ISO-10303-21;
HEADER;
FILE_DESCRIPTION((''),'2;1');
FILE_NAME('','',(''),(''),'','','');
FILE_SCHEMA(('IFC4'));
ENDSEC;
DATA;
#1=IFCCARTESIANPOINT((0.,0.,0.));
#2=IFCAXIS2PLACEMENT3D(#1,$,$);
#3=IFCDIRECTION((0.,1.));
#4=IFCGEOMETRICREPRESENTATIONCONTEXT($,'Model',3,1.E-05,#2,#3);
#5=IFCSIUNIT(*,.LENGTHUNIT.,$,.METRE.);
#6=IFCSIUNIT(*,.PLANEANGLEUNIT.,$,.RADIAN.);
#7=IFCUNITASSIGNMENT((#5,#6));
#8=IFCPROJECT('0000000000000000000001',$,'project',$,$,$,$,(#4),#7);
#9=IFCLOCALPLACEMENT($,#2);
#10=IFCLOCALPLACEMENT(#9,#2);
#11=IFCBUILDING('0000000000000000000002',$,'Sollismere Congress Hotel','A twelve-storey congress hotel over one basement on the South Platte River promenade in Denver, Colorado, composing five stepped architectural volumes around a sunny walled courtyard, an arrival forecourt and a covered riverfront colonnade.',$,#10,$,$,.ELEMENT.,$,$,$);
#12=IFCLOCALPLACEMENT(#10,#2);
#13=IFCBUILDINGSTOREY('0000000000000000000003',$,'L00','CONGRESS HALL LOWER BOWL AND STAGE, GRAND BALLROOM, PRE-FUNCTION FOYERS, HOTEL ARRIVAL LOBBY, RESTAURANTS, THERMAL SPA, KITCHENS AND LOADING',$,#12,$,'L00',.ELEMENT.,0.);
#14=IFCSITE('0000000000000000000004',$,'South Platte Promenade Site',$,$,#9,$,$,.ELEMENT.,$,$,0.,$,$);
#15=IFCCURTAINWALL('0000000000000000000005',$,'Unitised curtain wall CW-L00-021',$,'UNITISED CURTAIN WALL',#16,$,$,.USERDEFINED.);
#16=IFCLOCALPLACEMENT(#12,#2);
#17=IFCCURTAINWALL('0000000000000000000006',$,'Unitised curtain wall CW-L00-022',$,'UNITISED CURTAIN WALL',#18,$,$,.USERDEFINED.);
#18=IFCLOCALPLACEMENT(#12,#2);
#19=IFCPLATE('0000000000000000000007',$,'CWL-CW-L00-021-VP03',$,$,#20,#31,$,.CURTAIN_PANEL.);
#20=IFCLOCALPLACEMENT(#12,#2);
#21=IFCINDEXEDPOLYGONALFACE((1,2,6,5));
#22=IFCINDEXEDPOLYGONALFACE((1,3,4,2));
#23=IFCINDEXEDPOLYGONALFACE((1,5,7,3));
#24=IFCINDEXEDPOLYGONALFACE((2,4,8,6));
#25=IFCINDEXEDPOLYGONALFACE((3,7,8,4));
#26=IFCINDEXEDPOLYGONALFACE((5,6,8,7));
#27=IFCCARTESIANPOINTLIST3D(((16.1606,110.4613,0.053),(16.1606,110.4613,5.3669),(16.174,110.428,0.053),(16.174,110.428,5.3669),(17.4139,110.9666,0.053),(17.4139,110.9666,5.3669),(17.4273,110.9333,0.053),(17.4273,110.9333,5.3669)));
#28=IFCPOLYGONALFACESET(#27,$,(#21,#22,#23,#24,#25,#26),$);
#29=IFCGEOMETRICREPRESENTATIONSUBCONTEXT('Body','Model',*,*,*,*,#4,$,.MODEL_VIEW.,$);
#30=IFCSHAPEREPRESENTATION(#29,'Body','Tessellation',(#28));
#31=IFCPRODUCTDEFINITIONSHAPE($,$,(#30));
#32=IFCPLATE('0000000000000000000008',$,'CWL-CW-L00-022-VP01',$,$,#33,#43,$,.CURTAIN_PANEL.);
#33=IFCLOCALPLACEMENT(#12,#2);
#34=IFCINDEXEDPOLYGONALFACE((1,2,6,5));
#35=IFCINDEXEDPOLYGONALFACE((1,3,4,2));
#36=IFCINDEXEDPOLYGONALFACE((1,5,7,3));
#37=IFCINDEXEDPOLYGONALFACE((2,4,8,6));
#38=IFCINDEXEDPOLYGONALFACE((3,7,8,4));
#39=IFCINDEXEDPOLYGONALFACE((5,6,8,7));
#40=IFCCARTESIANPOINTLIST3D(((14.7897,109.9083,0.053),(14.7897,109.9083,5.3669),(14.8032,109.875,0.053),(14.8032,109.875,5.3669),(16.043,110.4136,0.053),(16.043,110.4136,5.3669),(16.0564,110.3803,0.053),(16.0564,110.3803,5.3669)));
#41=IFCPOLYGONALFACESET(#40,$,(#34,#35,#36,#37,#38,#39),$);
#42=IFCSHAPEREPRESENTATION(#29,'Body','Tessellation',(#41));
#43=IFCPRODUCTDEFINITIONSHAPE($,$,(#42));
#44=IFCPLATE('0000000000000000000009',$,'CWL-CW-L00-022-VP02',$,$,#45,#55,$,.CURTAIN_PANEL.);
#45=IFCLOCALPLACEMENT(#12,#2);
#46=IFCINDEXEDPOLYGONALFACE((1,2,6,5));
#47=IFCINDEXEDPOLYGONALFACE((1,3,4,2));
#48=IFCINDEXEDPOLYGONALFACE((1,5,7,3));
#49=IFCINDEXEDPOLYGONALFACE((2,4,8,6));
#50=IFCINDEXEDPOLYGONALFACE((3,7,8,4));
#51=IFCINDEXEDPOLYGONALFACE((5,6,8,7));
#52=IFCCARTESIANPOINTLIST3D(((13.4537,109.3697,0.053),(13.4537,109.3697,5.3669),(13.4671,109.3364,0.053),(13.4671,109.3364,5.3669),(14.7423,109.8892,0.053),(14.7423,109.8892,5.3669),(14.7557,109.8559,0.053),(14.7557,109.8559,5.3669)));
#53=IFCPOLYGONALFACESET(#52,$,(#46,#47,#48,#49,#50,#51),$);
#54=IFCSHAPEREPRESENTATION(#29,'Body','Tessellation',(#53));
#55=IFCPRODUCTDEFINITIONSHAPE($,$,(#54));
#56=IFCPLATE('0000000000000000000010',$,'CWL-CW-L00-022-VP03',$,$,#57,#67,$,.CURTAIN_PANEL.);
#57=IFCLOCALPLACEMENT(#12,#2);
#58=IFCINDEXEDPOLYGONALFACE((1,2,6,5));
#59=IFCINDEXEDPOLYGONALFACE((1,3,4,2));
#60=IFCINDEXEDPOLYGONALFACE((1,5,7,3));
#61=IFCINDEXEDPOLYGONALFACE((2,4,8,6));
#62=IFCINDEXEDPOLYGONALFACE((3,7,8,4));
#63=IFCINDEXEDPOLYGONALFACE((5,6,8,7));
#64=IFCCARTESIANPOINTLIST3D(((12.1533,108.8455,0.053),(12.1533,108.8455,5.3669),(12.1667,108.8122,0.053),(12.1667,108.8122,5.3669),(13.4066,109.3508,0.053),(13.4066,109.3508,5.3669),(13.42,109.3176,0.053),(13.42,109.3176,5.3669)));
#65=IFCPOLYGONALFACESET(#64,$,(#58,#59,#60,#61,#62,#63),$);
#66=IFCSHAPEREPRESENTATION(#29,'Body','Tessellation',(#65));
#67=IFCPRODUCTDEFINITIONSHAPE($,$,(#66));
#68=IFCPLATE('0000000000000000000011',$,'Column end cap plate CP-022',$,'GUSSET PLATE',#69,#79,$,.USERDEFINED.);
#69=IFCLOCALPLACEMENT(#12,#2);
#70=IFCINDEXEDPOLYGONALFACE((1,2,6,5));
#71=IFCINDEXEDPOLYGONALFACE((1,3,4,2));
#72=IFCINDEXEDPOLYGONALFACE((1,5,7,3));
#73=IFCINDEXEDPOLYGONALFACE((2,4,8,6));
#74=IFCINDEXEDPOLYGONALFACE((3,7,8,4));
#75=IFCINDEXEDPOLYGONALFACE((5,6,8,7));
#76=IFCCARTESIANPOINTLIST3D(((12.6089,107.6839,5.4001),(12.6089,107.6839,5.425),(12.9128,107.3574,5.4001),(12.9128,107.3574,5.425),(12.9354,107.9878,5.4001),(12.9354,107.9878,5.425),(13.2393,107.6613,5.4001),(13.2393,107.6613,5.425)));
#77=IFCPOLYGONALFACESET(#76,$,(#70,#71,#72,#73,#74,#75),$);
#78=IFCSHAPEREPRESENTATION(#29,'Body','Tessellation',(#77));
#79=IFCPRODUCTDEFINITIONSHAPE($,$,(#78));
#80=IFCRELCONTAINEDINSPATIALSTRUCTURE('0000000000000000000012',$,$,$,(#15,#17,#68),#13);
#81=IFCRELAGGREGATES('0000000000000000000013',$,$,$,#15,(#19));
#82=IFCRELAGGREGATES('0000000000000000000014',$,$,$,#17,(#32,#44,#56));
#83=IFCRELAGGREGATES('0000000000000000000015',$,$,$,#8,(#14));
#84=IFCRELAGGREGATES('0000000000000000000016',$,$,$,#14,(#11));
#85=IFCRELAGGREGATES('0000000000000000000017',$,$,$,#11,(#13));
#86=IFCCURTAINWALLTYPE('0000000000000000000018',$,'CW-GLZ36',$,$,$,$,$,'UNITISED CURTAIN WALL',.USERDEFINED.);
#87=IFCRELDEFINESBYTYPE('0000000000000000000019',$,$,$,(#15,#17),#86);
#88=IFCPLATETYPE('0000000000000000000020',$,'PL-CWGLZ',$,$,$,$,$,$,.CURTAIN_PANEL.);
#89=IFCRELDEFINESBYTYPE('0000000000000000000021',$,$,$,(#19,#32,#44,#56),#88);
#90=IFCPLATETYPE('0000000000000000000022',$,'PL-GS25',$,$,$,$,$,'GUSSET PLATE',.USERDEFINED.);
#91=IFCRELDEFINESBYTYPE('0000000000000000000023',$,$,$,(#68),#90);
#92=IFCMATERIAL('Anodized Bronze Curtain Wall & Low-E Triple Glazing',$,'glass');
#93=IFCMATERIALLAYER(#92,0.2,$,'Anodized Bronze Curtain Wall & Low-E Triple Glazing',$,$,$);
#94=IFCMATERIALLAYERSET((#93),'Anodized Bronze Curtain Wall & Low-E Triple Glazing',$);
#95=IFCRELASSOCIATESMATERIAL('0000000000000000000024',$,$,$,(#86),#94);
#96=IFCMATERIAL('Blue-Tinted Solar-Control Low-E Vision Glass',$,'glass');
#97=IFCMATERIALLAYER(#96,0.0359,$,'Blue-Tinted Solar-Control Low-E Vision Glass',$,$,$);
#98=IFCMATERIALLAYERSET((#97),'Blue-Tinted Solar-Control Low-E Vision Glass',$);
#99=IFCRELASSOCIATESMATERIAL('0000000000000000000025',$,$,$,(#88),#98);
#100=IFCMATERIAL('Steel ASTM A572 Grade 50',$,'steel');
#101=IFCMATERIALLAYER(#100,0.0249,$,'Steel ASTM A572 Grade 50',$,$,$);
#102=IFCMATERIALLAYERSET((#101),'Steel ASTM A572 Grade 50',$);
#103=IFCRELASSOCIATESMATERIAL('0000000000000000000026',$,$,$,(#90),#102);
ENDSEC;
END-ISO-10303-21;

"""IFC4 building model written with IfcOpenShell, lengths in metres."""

from ifc_helpers import new_model, si_unit, direction, frame, origin, origin_2d, place, context, subcontext, project, spatial, rectangle, extrude, material, layer, layer_set, type_object, element, aggregate, save


model = new_model("IFC4")

# Units and contexts
model_context = context("Model", 3, precision=1e-05, world=origin(), true_north=direction((0.0, 1.0)))
body_context = subcontext(model_context, "Body", "Model", "MODEL_VIEW")
ifc_project = project(units=[si_unit("LENGTHUNIT", "METRE"), si_unit("PLANEANGLEUNIT", "RADIAN")], contexts=[model_context])

# Site, building, storey
site_placement = place(None, origin())
site = spatial("IfcSite", under=ifc_project, at=site_placement, Name="South Platte Promenade Site", CompositionType="ELEMENT", RefElevation=0.0)
building_placement = place(site_placement, origin())
building = spatial("IfcBuilding", under=site, at=building_placement, Name="Sollismere Congress Hotel", Description="A twelve-storey congress hotel over one basement on the South Platte River promenade in Denver, Colorado, composing five stepped architectural volumes around a sunny walled courtyard, an arrival forecourt and a covered riverfront colonnade.", CompositionType="ELEMENT")
storey_placement = place(building_placement, origin())
storey = spatial("IfcBuildingStorey", under=building, at=storey_placement, Name="L00", Description="CONGRESS HALL LOWER BOWL AND STAGE, GRAND BALLROOM, PRE-FUNCTION FOYERS, HOTEL ARRIVAL LOBBY, RESTAURANTS, THERMAL SPA, KITCHENS AND LOADING", LongName="L00", CompositionType="ELEMENT", Elevation=0.0)

# Curtain walls
ifc_material_1 = material(Name="Anodized Bronze Curtain Wall & Low-E Triple Glazing", Category="glass")
ifc_layer_1 = layer(ifc_material_1, 0.2, Name="Anodized Bronze Curtain Wall & Low-E Triple Glazing")
ifc_layer_set_1 = layer_set([ifc_layer_1], Name="Anodized Bronze Curtain Wall & Low-E Triple Glazing")
curtain_wall_type = type_object("IfcCurtainWallType", Name="CW-GLZ36", ElementType="UNITISED CURTAIN WALL", PredefinedType="USERDEFINED", material=ifc_layer_set_1)
curtain_wall_1_placement = place(storey_placement, origin())
curtain_wall_1 = element("IfcCurtainWall", 1, at=curtain_wall_1_placement, inside=storey, type_object=curtain_wall_type, Name="Unitised curtain wall CW-L00-021", ObjectType="UNITISED CURTAIN WALL", PredefinedType="USERDEFINED")
curtain_wall_2_placement = place(storey_placement, origin())
curtain_wall_2 = element("IfcCurtainWall", 2, at=curtain_wall_2_placement, inside=storey, type_object=curtain_wall_type, Name="Unitised curtain wall CW-L00-022", ObjectType="UNITISED CURTAIN WALL", PredefinedType="USERDEFINED")

# Plates
ifc_material_2 = material(Name="Blue-Tinted Solar-Control Low-E Vision Glass", Category="glass")
ifc_layer_2 = layer(ifc_material_2, 0.0359, Name="Blue-Tinted Solar-Control Low-E Vision Glass")
ifc_layer_set_2 = layer_set([ifc_layer_2], Name="Blue-Tinted Solar-Control Low-E Vision Glass")
plate_type_1 = type_object("IfcPlateType", Name="PL-CWGLZ", PredefinedType="CURTAIN_PANEL", material=ifc_layer_set_2)
plate_1_placement = place(storey_placement, frame((16.7939, 110.6973, 0.053), z_axis=(0.0, 0.0, 1.0), x_axis=(-0.927452, -0.373943, 0.0)))
plate_1 = element("IfcPlate", 3, at=plate_1_placement, type_object=plate_type_1, Name="CWL-CW-L00-021-VP03", PredefinedType="CURTAIN_PANEL", context=body_context, shape_type="SweptSolid", body=[
    extrude(rectangle(XDim=1.3513, YDim=0.0359, at=origin_2d()), origin(), (0.0, 0.0, 1.0), 5.314),
])
aggregate(curtain_wall_1, [plate_1])
plate_2_placement = place(storey_placement, frame((15.4231, 110.1443, 0.053), z_axis=(0.0, 0.0, 1.0), x_axis=(-0.927452, -0.373943, 0.0)))
plate_2 = element("IfcPlate", 4, at=plate_2_placement, type_object=plate_type_1, Name="CWL-CW-L00-022-VP01", PredefinedType="CURTAIN_PANEL", context=body_context, shape_type="SweptSolid", body=[
    extrude(rectangle(XDim=1.3513, YDim=0.0359, at=origin_2d()), origin(), (0.0, 0.0, 1.0), 5.314),
])
plate_3_placement = place(storey_placement, frame((14.1047, 109.6128, 0.053), z_axis=(0.0, 0.0, 1.0), x_axis=(-0.927452, -0.373943, 0.0)))
plate_3 = element("IfcPlate", 5, at=plate_3_placement, type_object=plate_type_1, Name="CWL-CW-L00-022-VP02", PredefinedType="CURTAIN_PANEL", context=body_context, shape_type="SweptSolid", body=[
    extrude(rectangle(XDim=1.3894, YDim=0.0359, at=origin_2d()), origin(), (0.0, 0.0, 1.0), 5.314),
])
plate_4_placement = place(storey_placement, frame((12.7866, 109.0815, 0.053), z_axis=(0.0, 0.0, 1.0), x_axis=(-0.927452, -0.373943, 0.0)))
plate_4 = element("IfcPlate", 6, at=plate_4_placement, type_object=plate_type_1, Name="CWL-CW-L00-022-VP03", PredefinedType="CURTAIN_PANEL", context=body_context, shape_type="SweptSolid", body=[
    extrude(rectangle(XDim=1.3513, YDim=0.0359, at=origin_2d()), origin(), (0.0, 0.0, 1.0), 5.314),
])
aggregate(curtain_wall_2, [plate_2, plate_3, plate_4])
ifc_material_3 = material(Name="Steel ASTM A572 Grade 50", Category="steel")
ifc_layer_3 = layer(ifc_material_3, 0.0249, Name="Steel ASTM A572 Grade 50")
ifc_layer_set_3 = layer_set([ifc_layer_3], Name="Steel ASTM A572 Grade 50")
plate_type_2 = type_object("IfcPlateType", Name="PL-GS25", ElementType="GUSSET PLATE", PredefinedType="USERDEFINED", material=ifc_layer_set_3)
plate_5_placement = place(storey_placement, frame((12.9241, 107.6726, 5.4001), z_axis=(0.0, 0.0, 1.0), x_axis=(-0.68136, 0.731949, 0.0)))
element("IfcPlate", 7, at=plate_5_placement, inside=storey, type_object=plate_type_2, Name="Column end cap plate CP-022", ObjectType="GUSSET PLATE", PredefinedType="USERDEFINED", context=body_context, shape_type="SweptSolid", body=[
    extrude(rectangle(XDim=0.446, YDim=0.446, at=origin_2d()), origin(), (0.0, 0.0, 1.0), 0.0249),
])

save(model, "model.ifc")
